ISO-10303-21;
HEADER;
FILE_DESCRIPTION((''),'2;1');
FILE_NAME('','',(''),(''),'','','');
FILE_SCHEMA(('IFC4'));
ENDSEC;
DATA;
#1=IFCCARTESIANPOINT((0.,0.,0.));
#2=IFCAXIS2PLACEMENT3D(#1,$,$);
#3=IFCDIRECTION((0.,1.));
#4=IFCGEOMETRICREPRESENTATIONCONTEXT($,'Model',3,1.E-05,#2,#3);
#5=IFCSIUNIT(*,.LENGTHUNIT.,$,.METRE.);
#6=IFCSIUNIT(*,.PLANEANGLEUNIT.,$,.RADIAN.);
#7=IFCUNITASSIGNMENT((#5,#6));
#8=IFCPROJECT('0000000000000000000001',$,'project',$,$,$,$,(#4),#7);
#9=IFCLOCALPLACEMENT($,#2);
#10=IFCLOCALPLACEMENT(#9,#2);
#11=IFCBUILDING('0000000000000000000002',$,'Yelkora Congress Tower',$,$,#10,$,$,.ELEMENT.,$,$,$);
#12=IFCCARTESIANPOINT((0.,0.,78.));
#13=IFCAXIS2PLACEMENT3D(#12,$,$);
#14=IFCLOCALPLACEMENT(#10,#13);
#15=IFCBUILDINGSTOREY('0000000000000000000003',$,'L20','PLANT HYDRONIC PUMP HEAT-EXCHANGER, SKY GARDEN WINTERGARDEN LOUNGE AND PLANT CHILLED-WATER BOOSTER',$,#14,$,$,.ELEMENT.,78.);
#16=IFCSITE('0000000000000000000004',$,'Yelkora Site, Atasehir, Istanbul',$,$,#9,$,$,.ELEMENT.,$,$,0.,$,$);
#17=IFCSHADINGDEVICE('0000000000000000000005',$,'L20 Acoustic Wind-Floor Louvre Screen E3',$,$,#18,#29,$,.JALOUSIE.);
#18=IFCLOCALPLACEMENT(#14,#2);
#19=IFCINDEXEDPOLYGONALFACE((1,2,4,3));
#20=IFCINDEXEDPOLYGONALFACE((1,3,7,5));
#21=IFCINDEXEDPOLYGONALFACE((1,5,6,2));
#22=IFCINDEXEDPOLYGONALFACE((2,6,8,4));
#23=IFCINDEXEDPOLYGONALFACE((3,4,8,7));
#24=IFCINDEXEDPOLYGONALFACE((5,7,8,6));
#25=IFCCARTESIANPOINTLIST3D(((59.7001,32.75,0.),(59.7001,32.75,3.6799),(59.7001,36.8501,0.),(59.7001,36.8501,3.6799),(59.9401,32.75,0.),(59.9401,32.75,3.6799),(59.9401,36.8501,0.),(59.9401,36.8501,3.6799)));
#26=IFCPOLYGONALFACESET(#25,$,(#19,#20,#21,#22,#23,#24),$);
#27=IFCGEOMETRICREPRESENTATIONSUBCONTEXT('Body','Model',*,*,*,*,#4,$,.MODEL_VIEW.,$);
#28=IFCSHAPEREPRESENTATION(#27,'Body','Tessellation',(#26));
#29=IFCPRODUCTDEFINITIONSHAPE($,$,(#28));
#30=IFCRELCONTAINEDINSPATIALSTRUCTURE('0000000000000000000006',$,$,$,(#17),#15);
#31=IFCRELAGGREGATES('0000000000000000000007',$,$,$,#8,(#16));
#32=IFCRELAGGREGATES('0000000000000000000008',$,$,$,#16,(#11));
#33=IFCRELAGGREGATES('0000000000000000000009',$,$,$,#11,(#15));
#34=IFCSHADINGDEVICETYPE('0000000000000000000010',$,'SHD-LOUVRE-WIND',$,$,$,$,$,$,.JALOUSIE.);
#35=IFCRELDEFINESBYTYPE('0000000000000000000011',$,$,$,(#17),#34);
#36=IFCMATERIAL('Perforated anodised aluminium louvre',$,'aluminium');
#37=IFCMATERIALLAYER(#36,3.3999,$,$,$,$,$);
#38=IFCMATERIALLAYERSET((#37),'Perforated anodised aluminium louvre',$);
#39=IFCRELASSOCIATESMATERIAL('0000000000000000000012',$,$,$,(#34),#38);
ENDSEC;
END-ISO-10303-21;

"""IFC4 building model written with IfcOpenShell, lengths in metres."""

from ifc_helpers import new_model, si_unit, direction, frame, origin, origin_2d, place, context, subcontext, project, spatial, rectangle, extrude, material, layer, layer_set, type_object, element, save


model = new_model("IFC4")

# Units and contexts
model_context = context("Model", 3, precision=1e-05, world=origin(), true_north=direction((0.0, 1.0)))
body_context = subcontext(model_context, "Body", "Model", "MODEL_VIEW")
ifc_project = project(units=[si_unit("LENGTHUNIT", "METRE"), si_unit("PLANEANGLEUNIT", "RADIAN")], contexts=[model_context])

# Site, building, storey
site_placement = place(None, origin())
site = spatial("IfcSite", under=ifc_project, at=site_placement, Name="Yelkora Site, Atasehir, Istanbul", CompositionType="ELEMENT", RefElevation=0.0)
building_placement = place(site_placement, origin())
building = spatial("IfcBuilding", under=site, at=building_placement, Name="Yelkora Congress Tower", CompositionType="ELEMENT")
storey_placement = place(building_placement, frame((0.0, 0.0, 78.0)))
storey = spatial("IfcBuildingStorey", under=building, at=storey_placement, Name="L20", Description="PLANT HYDRONIC PUMP HEAT-EXCHANGER, SKY GARDEN WINTERGARDEN LOUNGE AND PLANT CHILLED-WATER BOOSTER", CompositionType="ELEMENT", Elevation=78.0)

# Shading device
ifc_material_1 = material(Name="Perforated anodised aluminium louvre", Category="aluminium")
ifc_layer_1 = layer(ifc_material_1, 3.3999)
ifc_layer_set_1 = layer_set([ifc_layer_1], Name="Perforated anodised aluminium louvre")
shading_device_type = type_object("IfcShadingDeviceType", Name="SHD-LOUVRE-WIND", PredefinedType="JALOUSIE", material=ifc_layer_set_1)
for number, where, z_axis, x_axis, name in (
    (1, (59.8201, 34.8, 0.0), (0.0, 0.0, 1.0), (1.0, 0.0, 0.0), "L20 Acoustic Wind-Floor Louvre Screen E3"),
):
    element("IfcShadingDevice", number, at=place(storey_placement, frame(where, z_axis=z_axis, x_axis=x_axis)), inside=storey, type_object=shading_device_type, Name=name, PredefinedType="JALOUSIE", context=body_context, shape_type="SweptSolid", body=[
        extrude(rectangle(XDim=0.24, YDim=4.1001, at=origin_2d()), origin(), (0.0, 0.0, 1.0), 3.6799),
    ])

save(model, "model.ifc")
